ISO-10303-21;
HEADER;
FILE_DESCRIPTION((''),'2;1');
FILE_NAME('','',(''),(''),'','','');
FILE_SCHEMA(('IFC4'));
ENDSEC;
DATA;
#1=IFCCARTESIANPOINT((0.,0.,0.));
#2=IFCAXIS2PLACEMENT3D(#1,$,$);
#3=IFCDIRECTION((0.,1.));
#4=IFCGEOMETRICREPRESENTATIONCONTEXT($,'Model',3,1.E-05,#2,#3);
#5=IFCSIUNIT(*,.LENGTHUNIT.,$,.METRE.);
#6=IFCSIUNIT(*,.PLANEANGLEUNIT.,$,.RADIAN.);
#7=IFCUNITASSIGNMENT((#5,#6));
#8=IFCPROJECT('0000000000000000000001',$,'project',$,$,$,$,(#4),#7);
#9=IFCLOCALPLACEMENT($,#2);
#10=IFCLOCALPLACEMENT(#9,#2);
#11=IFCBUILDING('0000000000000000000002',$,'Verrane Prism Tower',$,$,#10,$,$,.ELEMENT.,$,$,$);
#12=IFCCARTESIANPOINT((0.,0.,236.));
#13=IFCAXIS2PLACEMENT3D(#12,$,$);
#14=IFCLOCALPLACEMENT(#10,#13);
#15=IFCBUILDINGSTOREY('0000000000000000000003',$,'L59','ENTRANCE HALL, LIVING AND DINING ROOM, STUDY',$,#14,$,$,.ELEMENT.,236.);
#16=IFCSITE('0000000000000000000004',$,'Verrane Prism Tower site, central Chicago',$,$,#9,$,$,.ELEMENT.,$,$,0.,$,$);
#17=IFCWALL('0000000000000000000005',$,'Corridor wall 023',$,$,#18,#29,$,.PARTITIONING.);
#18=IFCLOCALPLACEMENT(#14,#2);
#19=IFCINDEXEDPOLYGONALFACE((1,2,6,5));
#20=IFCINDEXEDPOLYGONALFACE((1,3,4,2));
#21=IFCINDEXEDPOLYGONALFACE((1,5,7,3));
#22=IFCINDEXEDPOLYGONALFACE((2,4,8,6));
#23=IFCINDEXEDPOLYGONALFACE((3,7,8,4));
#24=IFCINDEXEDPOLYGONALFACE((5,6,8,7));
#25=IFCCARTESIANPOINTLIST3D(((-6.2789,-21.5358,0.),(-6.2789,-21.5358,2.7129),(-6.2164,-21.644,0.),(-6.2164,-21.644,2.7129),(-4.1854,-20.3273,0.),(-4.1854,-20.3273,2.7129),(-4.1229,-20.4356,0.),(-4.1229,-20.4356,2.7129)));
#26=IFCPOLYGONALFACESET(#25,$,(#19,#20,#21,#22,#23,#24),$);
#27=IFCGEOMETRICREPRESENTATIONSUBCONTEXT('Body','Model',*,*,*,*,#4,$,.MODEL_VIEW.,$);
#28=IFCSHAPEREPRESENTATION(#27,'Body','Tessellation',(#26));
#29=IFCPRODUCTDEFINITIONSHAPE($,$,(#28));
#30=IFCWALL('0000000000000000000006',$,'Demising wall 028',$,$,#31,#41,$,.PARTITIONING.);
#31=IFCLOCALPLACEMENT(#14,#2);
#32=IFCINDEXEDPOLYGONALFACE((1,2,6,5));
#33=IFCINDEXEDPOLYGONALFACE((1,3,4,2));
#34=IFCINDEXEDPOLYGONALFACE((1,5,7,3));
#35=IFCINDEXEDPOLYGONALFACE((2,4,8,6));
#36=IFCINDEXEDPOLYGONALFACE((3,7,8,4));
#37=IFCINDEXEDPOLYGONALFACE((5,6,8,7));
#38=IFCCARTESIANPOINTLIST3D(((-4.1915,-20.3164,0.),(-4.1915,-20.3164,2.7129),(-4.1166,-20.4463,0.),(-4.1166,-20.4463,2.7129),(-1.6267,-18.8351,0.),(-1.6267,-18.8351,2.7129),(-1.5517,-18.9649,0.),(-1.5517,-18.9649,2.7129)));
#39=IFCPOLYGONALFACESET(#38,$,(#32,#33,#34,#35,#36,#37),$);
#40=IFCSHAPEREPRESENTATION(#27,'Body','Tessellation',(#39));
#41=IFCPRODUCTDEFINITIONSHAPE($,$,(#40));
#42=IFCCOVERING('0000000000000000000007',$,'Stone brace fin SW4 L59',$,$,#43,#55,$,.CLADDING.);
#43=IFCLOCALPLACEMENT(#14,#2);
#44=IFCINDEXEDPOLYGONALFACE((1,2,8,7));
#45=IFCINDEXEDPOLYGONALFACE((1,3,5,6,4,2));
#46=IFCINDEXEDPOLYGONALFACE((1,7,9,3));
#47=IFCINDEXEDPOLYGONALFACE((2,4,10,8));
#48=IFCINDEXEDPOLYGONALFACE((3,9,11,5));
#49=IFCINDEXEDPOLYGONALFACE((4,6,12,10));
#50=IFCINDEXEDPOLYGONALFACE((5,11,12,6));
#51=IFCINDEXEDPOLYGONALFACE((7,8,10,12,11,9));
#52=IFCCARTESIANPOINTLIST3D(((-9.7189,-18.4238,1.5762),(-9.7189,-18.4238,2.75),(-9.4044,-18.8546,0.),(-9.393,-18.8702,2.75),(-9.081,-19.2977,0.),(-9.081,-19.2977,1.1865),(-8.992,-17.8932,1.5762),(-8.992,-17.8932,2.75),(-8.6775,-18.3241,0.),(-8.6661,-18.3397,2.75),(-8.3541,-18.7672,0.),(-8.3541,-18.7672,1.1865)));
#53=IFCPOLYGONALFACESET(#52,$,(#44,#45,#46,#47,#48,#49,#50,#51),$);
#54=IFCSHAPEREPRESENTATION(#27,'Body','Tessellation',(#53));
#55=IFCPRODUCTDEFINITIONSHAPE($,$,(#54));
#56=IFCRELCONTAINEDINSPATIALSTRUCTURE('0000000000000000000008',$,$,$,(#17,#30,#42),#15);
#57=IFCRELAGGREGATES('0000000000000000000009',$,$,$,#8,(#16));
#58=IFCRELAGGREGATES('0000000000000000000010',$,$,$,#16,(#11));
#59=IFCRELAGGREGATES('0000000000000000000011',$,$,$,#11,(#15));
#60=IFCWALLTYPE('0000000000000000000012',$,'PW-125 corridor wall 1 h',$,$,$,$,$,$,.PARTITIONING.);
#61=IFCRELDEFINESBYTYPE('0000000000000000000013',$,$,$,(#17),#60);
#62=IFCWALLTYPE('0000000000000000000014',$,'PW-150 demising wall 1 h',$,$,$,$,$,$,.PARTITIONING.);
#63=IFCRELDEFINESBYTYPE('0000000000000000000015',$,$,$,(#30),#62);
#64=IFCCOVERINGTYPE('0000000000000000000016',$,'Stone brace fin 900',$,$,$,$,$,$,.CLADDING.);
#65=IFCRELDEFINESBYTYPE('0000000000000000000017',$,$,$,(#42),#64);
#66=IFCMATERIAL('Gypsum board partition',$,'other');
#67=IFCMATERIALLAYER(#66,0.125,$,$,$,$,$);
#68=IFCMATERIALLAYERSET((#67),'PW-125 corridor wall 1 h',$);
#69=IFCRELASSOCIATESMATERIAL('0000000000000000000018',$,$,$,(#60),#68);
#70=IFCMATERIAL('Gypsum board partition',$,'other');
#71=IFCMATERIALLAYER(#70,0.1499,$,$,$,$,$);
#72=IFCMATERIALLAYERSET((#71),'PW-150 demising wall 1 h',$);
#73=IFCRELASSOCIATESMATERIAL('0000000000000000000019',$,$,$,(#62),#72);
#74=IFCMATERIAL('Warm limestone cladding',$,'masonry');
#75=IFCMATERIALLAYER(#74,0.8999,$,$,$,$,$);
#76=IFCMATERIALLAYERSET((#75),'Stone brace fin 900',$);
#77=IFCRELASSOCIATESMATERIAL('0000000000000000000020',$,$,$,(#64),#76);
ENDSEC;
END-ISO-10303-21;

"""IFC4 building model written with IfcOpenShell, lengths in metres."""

from ifc_helpers import new_model, si_unit, direction, frame, frame_2d, origin, place, context, subcontext, project, spatial, polyline, rectangle, outline, extrude, material, layer, layer_set, type_object, element, save


model = new_model("IFC4")

# Units and contexts
model_context = context("Model", 3, precision=1e-05, world=origin(), true_north=direction((0.0, 1.0)))
body_context = subcontext(model_context, "Body", "Model", "MODEL_VIEW")
ifc_project = project(units=[si_unit("LENGTHUNIT", "METRE"), si_unit("PLANEANGLEUNIT", "RADIAN")], contexts=[model_context])

# Site, building, storey
site_placement = place(None, origin())
site = spatial("IfcSite", under=ifc_project, at=site_placement, Name="Verrane Prism Tower site, central Chicago", CompositionType="ELEMENT", RefElevation=0.0)
building_placement = place(site_placement, origin())
building = spatial("IfcBuilding", under=site, at=building_placement, Name="Verrane Prism Tower", CompositionType="ELEMENT")
storey_placement = place(building_placement, frame((0.0, 0.0, 236.0)))
storey = spatial("IfcBuildingStorey", under=building, at=storey_placement, Name="L59", Description="ENTRANCE HALL, LIVING AND DINING ROOM, STUDY", CompositionType="ELEMENT", Elevation=236.0)

# Walls
ifc_material_1 = material(Name="Gypsum board partition", Category="other")
ifc_layer_1 = layer(ifc_material_1, 0.125)
ifc_layer_set_1 = layer_set([ifc_layer_1], Name="PW-125 corridor wall 1 h")
wall_type_1 = type_object("IfcWallType", Name="PW-125 corridor wall 1 h", PredefinedType="PARTITIONING", material=ifc_layer_set_1)
wall_1_placement = place(storey_placement, frame((-6.2476, -21.5898, 0.0), z_axis=(0.0, 0.0, 1.0), x_axis=(0.866059, 0.499941, 0.0)))
element("IfcWall", 1, at=wall_1_placement, inside=storey, type_object=wall_type_1, Name="Corridor wall 023", PredefinedType="PARTITIONING", context=body_context, shape_type="SweptSolid", body=[
    extrude(rectangle(XDim=2.4172, YDim=0.125, at=frame_2d((1.2085, 0.0))), origin(), (0.0, 0.0, 1.0), 2.7129),
])
ifc_material_2 = material(Name="Gypsum board partition", Category="other")
ifc_layer_2 = layer(ifc_material_2, 0.1499)
ifc_layer_set_2 = layer_set([ifc_layer_2], Name="PW-150 demising wall 1 h")
wall_type_2 = type_object("IfcWallType", Name="PW-150 demising wall 1 h", PredefinedType="PARTITIONING", material=ifc_layer_set_2)
wall_2_placement = place(storey_placement, frame((-4.1541, -20.3813, 0.0), z_axis=(0.0, 0.0, 1.0), x_axis=(0.865941, 0.500146, 0.0)))
element("IfcWall", 2, at=wall_2_placement, inside=storey, type_object=wall_type_2, Name="Demising wall 028", PredefinedType="PARTITIONING", context=body_context, shape_type="SweptSolid", body=[
    extrude(rectangle(XDim=2.9619, YDim=0.1499, at=frame_2d((1.481, 0.0))), origin(), (0.0, 0.0, 1.0), 2.7129),
])

# Covering
ifc_material_3 = material(Name="Warm limestone cladding", Category="masonry")
ifc_layer_3 = layer(ifc_material_3, 0.8999)
ifc_layer_set_3 = layer_set([ifc_layer_3], Name="Stone brace fin 900")
covering_type = type_object("IfcCoveringType", Name="Stone brace fin 900", PredefinedType="CLADDING", material=ifc_layer_set_3)
covering_placement = place(storey_placement, frame((-8.7175, -19.0325, 0.0), z_axis=(0.0, 0.0, 1.0), x_axis=(-0.589553, 0.80773, 0.0)))
element("IfcCovering", 3, at=covering_placement, inside=storey, type_object=covering_type, Name="Stone brace fin SW4 L59", PredefinedType="CLADDING", context=body_context, shape_type="SweptSolid", body=[
    extrude(outline(polyline([(1.082, 2.75), (0.5293, 2.75), (0.0, 1.1865), (0.0, 0.0), (0.5486, 0.0), (1.082, 1.5762), (1.082, 2.75)])), frame((0.0, 0.45, 0.0), z_axis=(0.0, -1.0, 0.0), x_axis=(1.0, 0.0, 0.0)), (0.0, 0.0, 1.0), 0.8999),
])

save(model, "model.ifc")
